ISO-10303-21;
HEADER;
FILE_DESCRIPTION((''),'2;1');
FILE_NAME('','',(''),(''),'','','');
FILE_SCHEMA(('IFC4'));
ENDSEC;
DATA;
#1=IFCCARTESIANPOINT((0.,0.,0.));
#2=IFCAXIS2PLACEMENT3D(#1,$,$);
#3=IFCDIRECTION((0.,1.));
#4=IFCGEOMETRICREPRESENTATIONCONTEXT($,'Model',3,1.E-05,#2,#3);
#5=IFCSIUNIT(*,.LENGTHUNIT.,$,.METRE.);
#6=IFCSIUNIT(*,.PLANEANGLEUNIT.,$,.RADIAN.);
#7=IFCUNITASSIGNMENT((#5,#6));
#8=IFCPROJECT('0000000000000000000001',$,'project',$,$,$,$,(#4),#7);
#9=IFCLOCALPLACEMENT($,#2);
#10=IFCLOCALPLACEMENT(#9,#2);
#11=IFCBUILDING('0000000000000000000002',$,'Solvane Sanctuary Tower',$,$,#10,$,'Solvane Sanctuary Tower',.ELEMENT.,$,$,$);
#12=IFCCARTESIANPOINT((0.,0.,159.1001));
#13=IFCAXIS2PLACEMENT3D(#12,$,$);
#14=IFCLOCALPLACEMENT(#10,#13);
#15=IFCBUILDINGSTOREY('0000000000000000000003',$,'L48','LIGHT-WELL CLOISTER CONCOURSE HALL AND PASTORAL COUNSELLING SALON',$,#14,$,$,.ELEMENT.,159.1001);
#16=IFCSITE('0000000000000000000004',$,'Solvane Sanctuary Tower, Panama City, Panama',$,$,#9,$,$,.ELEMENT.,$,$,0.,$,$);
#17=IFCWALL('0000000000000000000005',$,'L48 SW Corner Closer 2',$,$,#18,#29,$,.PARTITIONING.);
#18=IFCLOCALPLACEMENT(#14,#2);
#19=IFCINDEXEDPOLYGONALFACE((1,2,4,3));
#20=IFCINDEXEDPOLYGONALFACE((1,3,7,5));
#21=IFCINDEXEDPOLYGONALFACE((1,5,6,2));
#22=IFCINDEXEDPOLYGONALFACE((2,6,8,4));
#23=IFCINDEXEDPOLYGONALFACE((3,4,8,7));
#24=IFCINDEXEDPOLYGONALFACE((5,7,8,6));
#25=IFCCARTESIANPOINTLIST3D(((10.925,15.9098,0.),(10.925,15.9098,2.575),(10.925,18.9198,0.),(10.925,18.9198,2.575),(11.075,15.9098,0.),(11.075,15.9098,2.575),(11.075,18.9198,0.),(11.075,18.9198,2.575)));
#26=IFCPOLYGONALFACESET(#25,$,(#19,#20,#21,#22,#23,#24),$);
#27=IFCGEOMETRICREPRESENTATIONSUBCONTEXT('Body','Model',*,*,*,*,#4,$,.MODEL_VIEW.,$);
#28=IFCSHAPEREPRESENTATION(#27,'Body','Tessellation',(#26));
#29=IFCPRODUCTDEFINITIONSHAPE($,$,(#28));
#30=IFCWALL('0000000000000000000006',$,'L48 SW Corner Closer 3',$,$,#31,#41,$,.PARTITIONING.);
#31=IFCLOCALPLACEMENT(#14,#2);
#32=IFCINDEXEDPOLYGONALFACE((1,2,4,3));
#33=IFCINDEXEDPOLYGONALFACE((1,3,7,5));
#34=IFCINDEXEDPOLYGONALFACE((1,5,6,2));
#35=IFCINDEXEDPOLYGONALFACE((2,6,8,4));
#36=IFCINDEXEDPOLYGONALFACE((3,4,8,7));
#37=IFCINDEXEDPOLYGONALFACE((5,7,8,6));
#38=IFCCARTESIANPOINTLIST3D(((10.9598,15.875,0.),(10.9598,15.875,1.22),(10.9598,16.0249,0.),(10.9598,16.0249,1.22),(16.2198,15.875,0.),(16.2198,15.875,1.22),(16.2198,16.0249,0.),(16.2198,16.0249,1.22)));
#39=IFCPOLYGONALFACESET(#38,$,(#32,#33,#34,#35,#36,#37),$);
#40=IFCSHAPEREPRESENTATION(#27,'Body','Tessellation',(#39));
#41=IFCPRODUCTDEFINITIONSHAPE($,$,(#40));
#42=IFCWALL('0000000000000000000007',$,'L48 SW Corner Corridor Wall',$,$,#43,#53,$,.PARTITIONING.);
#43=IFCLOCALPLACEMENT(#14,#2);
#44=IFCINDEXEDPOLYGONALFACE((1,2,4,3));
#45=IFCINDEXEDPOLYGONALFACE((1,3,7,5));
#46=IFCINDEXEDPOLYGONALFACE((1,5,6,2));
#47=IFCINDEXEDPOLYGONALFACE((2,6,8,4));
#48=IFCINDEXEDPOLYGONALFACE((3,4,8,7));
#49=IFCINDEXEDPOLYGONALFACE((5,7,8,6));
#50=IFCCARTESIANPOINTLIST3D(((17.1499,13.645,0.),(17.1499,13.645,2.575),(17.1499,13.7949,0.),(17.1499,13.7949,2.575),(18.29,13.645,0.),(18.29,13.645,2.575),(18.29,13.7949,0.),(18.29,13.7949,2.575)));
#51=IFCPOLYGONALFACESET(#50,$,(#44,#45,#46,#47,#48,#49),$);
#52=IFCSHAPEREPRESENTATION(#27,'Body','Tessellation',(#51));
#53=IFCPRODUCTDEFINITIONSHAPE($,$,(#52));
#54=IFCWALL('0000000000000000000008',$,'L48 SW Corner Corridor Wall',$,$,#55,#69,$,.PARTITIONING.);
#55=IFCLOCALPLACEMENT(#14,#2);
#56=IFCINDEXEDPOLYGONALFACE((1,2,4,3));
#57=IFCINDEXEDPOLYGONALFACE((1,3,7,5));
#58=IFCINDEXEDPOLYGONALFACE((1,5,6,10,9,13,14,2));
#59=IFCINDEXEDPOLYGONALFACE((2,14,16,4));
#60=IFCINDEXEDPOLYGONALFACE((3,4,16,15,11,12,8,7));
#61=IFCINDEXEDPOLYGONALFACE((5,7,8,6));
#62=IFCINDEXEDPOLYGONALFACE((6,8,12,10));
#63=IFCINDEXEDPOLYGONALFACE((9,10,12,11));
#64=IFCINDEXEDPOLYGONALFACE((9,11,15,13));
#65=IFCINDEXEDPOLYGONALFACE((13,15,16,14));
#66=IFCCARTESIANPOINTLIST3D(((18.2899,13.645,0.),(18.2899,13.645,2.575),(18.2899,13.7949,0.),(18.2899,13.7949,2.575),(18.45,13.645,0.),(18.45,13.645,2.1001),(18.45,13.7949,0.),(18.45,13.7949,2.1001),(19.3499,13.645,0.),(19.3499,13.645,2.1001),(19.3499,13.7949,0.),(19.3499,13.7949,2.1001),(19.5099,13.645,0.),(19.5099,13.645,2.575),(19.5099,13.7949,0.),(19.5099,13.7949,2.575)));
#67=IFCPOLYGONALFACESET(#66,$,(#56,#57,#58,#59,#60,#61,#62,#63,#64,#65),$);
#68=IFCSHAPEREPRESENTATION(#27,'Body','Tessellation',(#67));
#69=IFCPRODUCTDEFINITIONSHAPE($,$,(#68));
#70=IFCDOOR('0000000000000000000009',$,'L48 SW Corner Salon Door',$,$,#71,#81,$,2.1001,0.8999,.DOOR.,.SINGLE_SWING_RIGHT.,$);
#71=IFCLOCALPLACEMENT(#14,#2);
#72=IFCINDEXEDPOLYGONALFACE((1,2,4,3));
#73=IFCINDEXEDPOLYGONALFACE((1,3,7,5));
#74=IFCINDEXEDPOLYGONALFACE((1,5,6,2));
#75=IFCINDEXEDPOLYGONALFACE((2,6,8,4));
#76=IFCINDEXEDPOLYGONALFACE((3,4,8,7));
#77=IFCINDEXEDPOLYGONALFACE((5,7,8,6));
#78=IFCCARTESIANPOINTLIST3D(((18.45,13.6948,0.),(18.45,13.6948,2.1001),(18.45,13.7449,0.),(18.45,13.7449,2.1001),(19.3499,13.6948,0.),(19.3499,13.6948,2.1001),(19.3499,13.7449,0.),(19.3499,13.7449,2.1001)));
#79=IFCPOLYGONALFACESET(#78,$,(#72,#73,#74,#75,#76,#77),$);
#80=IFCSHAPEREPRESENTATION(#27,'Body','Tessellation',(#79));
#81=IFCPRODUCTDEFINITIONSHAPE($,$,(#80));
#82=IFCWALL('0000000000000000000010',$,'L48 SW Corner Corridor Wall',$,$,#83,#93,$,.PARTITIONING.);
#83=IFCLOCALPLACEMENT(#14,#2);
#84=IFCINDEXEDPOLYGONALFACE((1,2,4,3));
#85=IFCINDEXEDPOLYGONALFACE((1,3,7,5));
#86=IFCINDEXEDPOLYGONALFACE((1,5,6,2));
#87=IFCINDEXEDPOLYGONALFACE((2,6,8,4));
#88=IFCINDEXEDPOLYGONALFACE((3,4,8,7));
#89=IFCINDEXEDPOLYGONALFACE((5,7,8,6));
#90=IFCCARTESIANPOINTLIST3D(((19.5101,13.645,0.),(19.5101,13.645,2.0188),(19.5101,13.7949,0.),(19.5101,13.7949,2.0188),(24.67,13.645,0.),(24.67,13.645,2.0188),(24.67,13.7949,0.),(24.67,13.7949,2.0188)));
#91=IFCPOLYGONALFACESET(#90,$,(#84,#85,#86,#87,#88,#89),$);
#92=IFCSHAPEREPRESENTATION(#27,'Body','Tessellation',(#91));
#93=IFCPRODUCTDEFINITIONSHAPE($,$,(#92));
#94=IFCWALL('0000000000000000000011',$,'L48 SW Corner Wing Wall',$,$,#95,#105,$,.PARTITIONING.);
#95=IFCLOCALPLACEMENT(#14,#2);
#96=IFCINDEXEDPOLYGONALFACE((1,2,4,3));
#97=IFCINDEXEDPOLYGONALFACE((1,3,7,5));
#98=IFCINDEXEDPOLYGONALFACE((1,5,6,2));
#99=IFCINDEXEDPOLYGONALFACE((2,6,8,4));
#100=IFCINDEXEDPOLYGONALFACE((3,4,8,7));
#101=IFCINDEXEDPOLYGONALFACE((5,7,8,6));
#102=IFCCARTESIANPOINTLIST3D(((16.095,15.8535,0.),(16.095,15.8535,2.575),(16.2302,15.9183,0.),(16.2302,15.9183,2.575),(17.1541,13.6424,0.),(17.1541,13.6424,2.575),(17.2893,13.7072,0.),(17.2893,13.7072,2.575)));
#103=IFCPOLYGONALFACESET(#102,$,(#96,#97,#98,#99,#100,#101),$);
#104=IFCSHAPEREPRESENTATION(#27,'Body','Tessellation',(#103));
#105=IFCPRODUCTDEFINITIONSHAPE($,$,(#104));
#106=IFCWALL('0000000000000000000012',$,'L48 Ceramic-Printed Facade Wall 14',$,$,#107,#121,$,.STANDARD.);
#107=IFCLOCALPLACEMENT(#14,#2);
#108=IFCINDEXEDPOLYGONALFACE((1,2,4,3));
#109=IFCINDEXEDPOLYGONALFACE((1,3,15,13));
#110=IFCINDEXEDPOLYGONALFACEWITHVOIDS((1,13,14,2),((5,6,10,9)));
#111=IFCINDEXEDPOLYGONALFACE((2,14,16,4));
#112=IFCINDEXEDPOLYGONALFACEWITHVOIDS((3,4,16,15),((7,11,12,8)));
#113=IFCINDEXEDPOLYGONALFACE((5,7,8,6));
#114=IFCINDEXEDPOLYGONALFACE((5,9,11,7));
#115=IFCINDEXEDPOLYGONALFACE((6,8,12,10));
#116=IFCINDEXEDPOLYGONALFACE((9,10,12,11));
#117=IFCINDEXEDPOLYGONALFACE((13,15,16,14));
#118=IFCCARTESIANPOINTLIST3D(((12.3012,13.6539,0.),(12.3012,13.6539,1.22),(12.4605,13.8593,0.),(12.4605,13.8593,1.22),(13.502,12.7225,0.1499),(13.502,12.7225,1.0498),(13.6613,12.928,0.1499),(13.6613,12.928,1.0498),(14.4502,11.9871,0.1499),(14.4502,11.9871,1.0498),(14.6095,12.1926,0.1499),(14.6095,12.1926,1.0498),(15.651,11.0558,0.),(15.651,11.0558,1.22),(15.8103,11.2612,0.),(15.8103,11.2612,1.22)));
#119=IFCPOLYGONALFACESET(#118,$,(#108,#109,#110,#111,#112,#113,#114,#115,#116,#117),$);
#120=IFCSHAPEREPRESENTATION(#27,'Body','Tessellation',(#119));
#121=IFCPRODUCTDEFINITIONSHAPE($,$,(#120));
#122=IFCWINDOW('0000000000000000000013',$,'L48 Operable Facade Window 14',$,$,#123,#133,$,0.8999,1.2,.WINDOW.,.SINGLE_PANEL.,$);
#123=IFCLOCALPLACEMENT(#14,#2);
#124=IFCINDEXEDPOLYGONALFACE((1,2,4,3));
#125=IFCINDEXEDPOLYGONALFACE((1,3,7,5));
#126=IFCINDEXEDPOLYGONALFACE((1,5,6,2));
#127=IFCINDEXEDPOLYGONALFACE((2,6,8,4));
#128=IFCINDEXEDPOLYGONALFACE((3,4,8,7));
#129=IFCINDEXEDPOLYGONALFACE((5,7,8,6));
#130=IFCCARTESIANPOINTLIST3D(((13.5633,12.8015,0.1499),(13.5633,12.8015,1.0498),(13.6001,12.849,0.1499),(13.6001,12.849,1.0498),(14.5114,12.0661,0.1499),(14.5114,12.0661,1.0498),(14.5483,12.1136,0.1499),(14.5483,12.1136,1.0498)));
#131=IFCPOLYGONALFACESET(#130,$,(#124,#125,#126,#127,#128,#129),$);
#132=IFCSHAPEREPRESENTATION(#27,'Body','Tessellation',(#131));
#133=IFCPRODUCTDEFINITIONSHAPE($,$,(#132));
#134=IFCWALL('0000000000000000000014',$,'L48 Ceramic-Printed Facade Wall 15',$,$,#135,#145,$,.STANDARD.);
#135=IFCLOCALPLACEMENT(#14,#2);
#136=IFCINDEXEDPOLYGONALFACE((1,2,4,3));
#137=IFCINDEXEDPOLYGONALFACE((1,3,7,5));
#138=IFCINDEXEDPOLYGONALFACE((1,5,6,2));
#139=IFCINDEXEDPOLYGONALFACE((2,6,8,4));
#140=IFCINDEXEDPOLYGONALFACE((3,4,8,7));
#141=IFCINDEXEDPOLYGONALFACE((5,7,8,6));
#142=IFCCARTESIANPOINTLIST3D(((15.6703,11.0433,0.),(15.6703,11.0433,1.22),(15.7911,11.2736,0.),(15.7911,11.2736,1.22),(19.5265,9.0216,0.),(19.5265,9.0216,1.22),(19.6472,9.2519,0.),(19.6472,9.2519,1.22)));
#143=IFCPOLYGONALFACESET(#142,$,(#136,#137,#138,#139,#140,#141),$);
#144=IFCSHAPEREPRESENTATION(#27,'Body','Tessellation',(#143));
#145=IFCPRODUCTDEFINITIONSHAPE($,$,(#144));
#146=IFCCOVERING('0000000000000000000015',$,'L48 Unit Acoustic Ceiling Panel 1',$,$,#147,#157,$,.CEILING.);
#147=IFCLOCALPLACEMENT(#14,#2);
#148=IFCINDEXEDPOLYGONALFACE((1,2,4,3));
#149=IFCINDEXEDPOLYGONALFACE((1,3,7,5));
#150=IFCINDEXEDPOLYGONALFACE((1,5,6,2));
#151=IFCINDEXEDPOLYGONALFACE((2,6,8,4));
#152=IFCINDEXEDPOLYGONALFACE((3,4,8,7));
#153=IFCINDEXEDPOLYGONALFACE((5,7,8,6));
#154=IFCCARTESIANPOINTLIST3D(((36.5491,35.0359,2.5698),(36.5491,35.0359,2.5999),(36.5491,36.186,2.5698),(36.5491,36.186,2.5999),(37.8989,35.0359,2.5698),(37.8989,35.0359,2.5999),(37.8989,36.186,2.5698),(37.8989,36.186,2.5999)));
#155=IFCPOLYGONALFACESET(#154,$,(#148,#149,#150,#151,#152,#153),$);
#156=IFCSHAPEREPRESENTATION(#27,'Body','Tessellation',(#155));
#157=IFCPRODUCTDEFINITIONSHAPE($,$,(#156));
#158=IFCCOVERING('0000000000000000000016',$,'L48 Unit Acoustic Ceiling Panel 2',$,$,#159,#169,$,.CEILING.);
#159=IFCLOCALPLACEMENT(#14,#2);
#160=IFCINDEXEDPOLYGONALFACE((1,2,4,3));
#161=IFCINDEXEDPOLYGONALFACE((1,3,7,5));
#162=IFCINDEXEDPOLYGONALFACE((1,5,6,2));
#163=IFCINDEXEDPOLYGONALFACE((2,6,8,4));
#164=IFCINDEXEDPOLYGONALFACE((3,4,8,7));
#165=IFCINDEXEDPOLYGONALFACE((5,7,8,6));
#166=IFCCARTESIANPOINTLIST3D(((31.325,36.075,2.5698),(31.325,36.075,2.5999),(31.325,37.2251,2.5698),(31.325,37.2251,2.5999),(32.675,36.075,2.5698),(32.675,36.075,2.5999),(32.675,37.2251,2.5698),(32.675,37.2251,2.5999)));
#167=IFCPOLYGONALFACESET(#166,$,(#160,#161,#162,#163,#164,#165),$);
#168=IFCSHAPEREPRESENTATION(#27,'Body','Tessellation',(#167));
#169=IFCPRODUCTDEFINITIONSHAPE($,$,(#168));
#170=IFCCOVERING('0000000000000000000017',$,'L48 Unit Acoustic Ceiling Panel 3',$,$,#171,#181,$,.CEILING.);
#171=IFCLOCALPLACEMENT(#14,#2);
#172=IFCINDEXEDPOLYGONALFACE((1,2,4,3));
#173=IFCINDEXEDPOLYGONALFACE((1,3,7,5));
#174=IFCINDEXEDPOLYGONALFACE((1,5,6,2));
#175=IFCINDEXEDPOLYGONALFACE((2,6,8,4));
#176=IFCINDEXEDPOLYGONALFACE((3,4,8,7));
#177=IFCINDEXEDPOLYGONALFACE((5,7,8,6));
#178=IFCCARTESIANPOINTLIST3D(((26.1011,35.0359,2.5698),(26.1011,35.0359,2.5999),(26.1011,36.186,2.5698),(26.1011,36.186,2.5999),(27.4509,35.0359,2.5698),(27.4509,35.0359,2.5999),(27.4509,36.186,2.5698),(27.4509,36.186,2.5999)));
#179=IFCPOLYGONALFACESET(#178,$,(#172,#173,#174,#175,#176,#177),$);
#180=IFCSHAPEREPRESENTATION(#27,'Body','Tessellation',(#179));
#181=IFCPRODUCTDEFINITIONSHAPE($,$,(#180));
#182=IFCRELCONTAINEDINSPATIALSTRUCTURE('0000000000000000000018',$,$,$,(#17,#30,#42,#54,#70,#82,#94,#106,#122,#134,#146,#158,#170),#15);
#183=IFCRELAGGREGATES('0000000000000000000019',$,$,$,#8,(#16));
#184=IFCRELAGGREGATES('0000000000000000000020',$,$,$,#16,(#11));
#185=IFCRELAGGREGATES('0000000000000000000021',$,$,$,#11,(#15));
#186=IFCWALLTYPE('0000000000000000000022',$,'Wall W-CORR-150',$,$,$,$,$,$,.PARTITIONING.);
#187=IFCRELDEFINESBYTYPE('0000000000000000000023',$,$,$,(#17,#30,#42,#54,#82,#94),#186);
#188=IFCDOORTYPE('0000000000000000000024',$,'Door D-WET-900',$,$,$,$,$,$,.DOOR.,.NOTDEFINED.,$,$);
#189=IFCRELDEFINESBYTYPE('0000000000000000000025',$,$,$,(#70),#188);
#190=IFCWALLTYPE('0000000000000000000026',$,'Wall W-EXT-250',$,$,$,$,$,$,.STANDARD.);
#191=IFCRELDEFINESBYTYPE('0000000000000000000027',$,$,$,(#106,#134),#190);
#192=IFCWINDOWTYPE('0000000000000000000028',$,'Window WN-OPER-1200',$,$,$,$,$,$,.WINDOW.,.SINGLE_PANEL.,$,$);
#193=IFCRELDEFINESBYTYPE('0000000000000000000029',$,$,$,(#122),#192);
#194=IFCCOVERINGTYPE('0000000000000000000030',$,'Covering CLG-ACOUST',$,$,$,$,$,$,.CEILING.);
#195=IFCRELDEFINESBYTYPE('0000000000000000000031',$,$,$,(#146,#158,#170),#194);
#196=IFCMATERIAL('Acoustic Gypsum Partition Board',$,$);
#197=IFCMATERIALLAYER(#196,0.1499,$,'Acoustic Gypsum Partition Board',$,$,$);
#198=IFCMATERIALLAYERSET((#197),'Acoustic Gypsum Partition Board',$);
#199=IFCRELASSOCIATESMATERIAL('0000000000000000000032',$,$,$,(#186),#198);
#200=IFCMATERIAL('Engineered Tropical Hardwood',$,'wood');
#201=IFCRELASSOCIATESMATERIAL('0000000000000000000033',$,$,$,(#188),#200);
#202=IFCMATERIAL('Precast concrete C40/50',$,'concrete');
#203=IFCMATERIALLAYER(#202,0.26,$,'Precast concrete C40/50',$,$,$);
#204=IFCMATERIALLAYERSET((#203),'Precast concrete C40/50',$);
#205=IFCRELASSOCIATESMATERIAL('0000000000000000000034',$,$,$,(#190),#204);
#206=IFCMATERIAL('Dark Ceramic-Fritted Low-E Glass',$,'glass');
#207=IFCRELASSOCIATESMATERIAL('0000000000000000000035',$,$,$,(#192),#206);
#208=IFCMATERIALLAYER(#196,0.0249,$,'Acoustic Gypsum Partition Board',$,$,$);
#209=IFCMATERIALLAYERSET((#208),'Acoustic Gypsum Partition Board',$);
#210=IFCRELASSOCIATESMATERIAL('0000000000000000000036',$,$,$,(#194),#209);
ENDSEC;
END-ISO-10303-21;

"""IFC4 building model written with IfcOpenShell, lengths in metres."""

from ifc_helpers import new_model, si_unit, direction, frame, frame_2d, origin, place, context, subcontext, project, spatial, polyline, rectangle, outline, extrude, material, layer, layer_set, type_object, element, fill, save


model = new_model("IFC4")

# Units and contexts
model_context = context("Model", 3, precision=1e-05, world=origin(), true_north=direction((0.0, 1.0)))
body_context = subcontext(model_context, "Body", "Model", "MODEL_VIEW")
ifc_project = project(units=[si_unit("LENGTHUNIT", "METRE"), si_unit("PLANEANGLEUNIT", "RADIAN")], contexts=[model_context])

# Site, building, storey
site_placement = place(None, origin())
site = spatial("IfcSite", under=ifc_project, at=site_placement, Name="Solvane Sanctuary Tower, Panama City, Panama", CompositionType="ELEMENT", RefElevation=0.0)
building_placement = place(site_placement, origin())
building = spatial("IfcBuilding", under=site, at=building_placement, Name="Solvane Sanctuary Tower", LongName="Solvane Sanctuary Tower", CompositionType="ELEMENT")
storey_placement = place(building_placement, frame((0.0, 0.0, 159.1001)))
storey = spatial("IfcBuildingStorey", under=building, at=storey_placement, Name="L48", Description="LIGHT-WELL CLOISTER CONCOURSE HALL AND PASTORAL COUNSELLING SALON", CompositionType="ELEMENT", Elevation=159.1001)

# Walls
ifc_material_1 = material(Name="Acoustic Gypsum Partition Board")
ifc_layer_1 = layer(ifc_material_1, 0.1499, Name="Acoustic Gypsum Partition Board")
ifc_layer_set_1 = layer_set([ifc_layer_1], Name="Acoustic Gypsum Partition Board")
wall_type_1 = type_object("IfcWallType", Name="Wall W-CORR-150", PredefinedType="PARTITIONING", material=ifc_layer_set_1)
wall_1_placement = place(storey_placement, frame((11.0, 15.9099, 0.0), z_axis=(0.0, 0.0, 1.0), x_axis=(0.0, 1.0, 0.0)))
element("IfcWall", 1, at=wall_1_placement, inside=storey, type_object=wall_type_1, Name="L48 SW Corner Closer 2", PredefinedType="PARTITIONING", context=body_context, shape_type="SweptSolid", body=[
    extrude(rectangle(XDim=3.01, YDim=0.1499, at=frame_2d((1.5049, 0.0))), origin(), (0.0, 0.0, 1.0), 2.575),
])
wall_2_placement = place(storey_placement, frame((10.96, 15.95, 0.0), z_axis=(0.0, 0.0, 1.0), x_axis=(1.0, 0.0, 0.0)))
element("IfcWall", 2, at=wall_2_placement, inside=storey, type_object=wall_type_1, Name="L48 SW Corner Closer 3", PredefinedType="PARTITIONING", context=body_context, shape_type="SweptSolid", body=[
    extrude(rectangle(XDim=5.26, YDim=0.1499, at=frame_2d((2.6299, 0.0))), origin(), (0.0, 0.0, 1.0), 1.22),
])
wall_3_placement = place(storey_placement, frame((17.1499, 13.72, 0.0), z_axis=(0.0, 0.0, 1.0), x_axis=(1.0, 0.0, 0.0)))
element("IfcWall", 3, at=wall_3_placement, inside=storey, type_object=wall_type_1, Name="L48 SW Corner Corridor Wall", PredefinedType="PARTITIONING", context=body_context, shape_type="SweptSolid", body=[
    extrude(rectangle(XDim=1.1401, YDim=0.1499, at=frame_2d((0.5701, 0.0))), origin(), (0.0, 0.0, 1.0), 2.575),
])

# Wall, opening, door
wall_4_placement = place(storey_placement, frame((18.29, 13.72, 0.0), z_axis=(0.0, 0.0, 1.0), x_axis=(1.0, 0.0, 0.0)))
wall_4 = element("IfcWall", 4, at=wall_4_placement, inside=storey, type_object=wall_type_1, Name="L48 SW Corner Corridor Wall", PredefinedType="PARTITIONING", context=body_context, shape_type="SweptSolid", body=[
    extrude(rectangle(XDim=1.22, YDim=0.1499, at=frame_2d((0.6099, 0.0))), origin(), (0.0, 0.0, 1.0), 2.575),
])
opening_1_placement = place(wall_4_placement, frame((0.1599, 0.0, 0.0)))
opening_1 = element("IfcOpeningElement", 5, at=opening_1_placement, cuts=wall_4, PredefinedType="OPENING", context=body_context, shape_type="SweptSolid", body=[
    extrude(rectangle(XDim=0.8999, YDim=2.1001, at=frame_2d((0.45, 1.05))), frame((0.0, 0.085, 0.0), z_axis=(0.0, -1.0, 0.0), x_axis=(1.0, 0.0, 0.0)), (0.0, 0.0, 1.0), 0.1699),
])
ifc_material_2 = material(Name="Engineered Tropical Hardwood", Category="wood")
door_type = type_object("IfcDoorType", Name="Door D-WET-900", OperationType="NOTDEFINED", PredefinedType="DOOR", material=ifc_material_2)
door_placement = place(opening_1_placement, origin())
door = element("IfcDoor", 6, at=door_placement, inside=storey, type_object=door_type, Name="L48 SW Corner Salon Door", OperationType="SINGLE_SWING_RIGHT", OverallHeight=2.1001, OverallWidth=0.8999, PredefinedType="DOOR", context=body_context, shape_type="SweptSolid", body=[
    extrude(rectangle(XDim=0.8999, YDim=2.1001, at=frame_2d((0.45, 1.05))), frame((0.0, 0.0249, 0.0), z_axis=(0.0, -1.0, 0.0), x_axis=(1.0, 0.0, 0.0)), (0.0, 0.0, 1.0), 0.05),
])
fill(opening_1, door)

# Walls
wall_5_placement = place(storey_placement, frame((19.51, 13.72, 0.0), z_axis=(0.0, 0.0, 1.0), x_axis=(1.0, 0.0, 0.0)))
element("IfcWall", 7, at=wall_5_placement, inside=storey, type_object=wall_type_1, Name="L48 SW Corner Corridor Wall", PredefinedType="PARTITIONING", context=body_context, shape_type="SweptSolid", body=[
    extrude(rectangle(XDim=5.1599, YDim=0.1499, at=frame_2d((2.5801, 0.0))), origin(), (0.0, 0.0, 1.0), 2.0188),
])
wall_6_placement = place(storey_placement, frame((17.2217, 13.6748, 0.0), z_axis=(0.0, 0.0, 1.0), x_axis=(-0.431973, 0.901886, 0.0)))
element("IfcWall", 8, at=wall_6_placement, inside=storey, type_object=wall_type_1, Name="L48 SW Corner Wing Wall", PredefinedType="PARTITIONING", context=body_context, shape_type="SweptSolid", body=[
    extrude(rectangle(XDim=2.4517, YDim=0.1499, at=frame_2d((1.2258, 0.0))), origin(), (0.0, 0.0, 1.0), 2.575),
])

# Wall, opening, window
ifc_material_3 = material(Name="Precast concrete C40/50", Category="concrete")
ifc_layer_2 = layer(ifc_material_3, 0.26, Name="Precast concrete C40/50")
ifc_layer_set_2 = layer_set([ifc_layer_2], Name="Precast concrete C40/50")
wall_type_2 = type_object("IfcWallType", Name="Wall W-EXT-250", PredefinedType="STANDARD", material=ifc_layer_set_2)
wall_7_placement = place(storey_placement, frame((12.3809, 13.7566, 0.0), z_axis=(0.0, 0.0, 1.0), x_axis=(0.790186, -0.612868, 0.0)))
wall_7 = element("IfcWall", 9, at=wall_7_placement, inside=storey, type_object=wall_type_2, Name="L48 Ceramic-Printed Facade Wall 14", PredefinedType="STANDARD", context=body_context, shape_type="SweptSolid", body=[
    extrude(rectangle(XDim=4.2393, YDim=0.26, at=frame_2d((2.1196, 0.0))), origin(), (0.0, 0.0, 1.0), 1.22),
])
opening_2_placement = place(wall_7_placement, frame((1.5195, 0.0, 0.1499)))
opening_2 = element("IfcOpeningElement", 10, at=opening_2_placement, cuts=wall_7, PredefinedType="OPENING", context=body_context, shape_type="SweptSolid", body=[
    extrude(rectangle(XDim=1.2, YDim=0.8999, at=frame_2d((0.6001, 0.45))), frame((0.0, 0.1399, 0.0), z_axis=(0.0, -1.0, 0.0), x_axis=(1.0, 0.0, 0.0)), (0.0, 0.0, 1.0), 0.28),
])
ifc_material_4 = material(Name="Dark Ceramic-Fritted Low-E Glass", Category="glass")
window_type = type_object("IfcWindowType", Name="Window WN-OPER-1200", PartitioningType="SINGLE_PANEL", PredefinedType="WINDOW", material=ifc_material_4)
window_placement = place(opening_2_placement, origin())
window = element("IfcWindow", 11, at=window_placement, inside=storey, type_object=window_type, Name="L48 Operable Facade Window 14", OverallHeight=0.8999, OverallWidth=1.2, PartitioningType="SINGLE_PANEL", PredefinedType="WINDOW", context=body_context, shape_type="SweptSolid", body=[
    extrude(rectangle(XDim=1.2, YDim=0.8999, at=frame_2d((0.6001, 0.45))), frame((0.0, 0.03, 0.0), z_axis=(0.0, -1.0, 0.0), x_axis=(1.0, 0.0, 0.0)), (0.0, 0.0, 1.0), 0.0601),
])
fill(opening_2, window)

# Wall
wall_8_placement = place(storey_placement, frame((15.7307, 11.1584, 0.0), z_axis=(0.0, 0.0, 1.0), x_axis=(0.88566, -0.464334, 0.0)))
element("IfcWall", 12, at=wall_8_placement, inside=storey, type_object=wall_type_2, Name="L48 Ceramic-Printed Facade Wall 15", PredefinedType="STANDARD", context=body_context, shape_type="SweptSolid", body=[
    extrude(rectangle(XDim=4.354, YDim=0.26, at=frame_2d((2.177, 0.0))), origin(), (0.0, 0.0, 1.0), 1.22),
])

# Coverings
ifc_layer_3 = layer(ifc_material_1, 0.0249, Name="Acoustic Gypsum Partition Board")
ifc_layer_set_3 = layer_set([ifc_layer_3], Name="Acoustic Gypsum Partition Board")
covering_type_1 = type_object("IfcCoveringType", Name="Covering CLG-ACOUST", PredefinedType="CEILING", material=ifc_layer_set_3)
covering_1_placement = place(storey_placement, frame((0.0, 0.0, 2.5698)))
element("IfcCovering", 13, at=covering_1_placement, inside=storey, type_object=covering_type_1, Name="L48 Unit Acoustic Ceiling Panel 1", PredefinedType="CEILING", context=body_context, shape_type="SweptSolid", body=[
    extrude(outline(polyline([(36.5491, 35.0359), (37.8989, 35.0359), (37.8989, 36.186), (36.5491, 36.186), (36.5491, 35.0359)])), origin(), (0.0, 0.0, 1.0), 0.03),
])
covering_2_placement = place(storey_placement, frame((0.0, 0.0, 2.5698)))
element("IfcCovering", 14, at=covering_2_placement, inside=storey, type_object=covering_type_1, Name="L48 Unit Acoustic Ceiling Panel 2", PredefinedType="CEILING", context=body_context, shape_type="SweptSolid", body=[
    extrude(outline(polyline([(31.325, 36.075), (32.675, 36.075), (32.675, 37.2251), (31.325, 37.2251), (31.325, 36.075)])), origin(), (0.0, 0.0, 1.0), 0.03),
])
covering_3_placement = place(storey_placement, frame((0.0, 0.0, 2.5698)))
element("IfcCovering", 15, at=covering_3_placement, inside=storey, type_object=covering_type_1, Name="L48 Unit Acoustic Ceiling Panel 3", PredefinedType="CEILING", context=body_context, shape_type="SweptSolid", body=[
    extrude(outline(polyline([(26.1011, 35.0359), (27.4509, 35.0359), (27.4509, 36.186), (26.1011, 36.186), (26.1011, 35.0359)])), origin(), (0.0, 0.0, 1.0), 0.03),
])

save(model, "model.ifc")
